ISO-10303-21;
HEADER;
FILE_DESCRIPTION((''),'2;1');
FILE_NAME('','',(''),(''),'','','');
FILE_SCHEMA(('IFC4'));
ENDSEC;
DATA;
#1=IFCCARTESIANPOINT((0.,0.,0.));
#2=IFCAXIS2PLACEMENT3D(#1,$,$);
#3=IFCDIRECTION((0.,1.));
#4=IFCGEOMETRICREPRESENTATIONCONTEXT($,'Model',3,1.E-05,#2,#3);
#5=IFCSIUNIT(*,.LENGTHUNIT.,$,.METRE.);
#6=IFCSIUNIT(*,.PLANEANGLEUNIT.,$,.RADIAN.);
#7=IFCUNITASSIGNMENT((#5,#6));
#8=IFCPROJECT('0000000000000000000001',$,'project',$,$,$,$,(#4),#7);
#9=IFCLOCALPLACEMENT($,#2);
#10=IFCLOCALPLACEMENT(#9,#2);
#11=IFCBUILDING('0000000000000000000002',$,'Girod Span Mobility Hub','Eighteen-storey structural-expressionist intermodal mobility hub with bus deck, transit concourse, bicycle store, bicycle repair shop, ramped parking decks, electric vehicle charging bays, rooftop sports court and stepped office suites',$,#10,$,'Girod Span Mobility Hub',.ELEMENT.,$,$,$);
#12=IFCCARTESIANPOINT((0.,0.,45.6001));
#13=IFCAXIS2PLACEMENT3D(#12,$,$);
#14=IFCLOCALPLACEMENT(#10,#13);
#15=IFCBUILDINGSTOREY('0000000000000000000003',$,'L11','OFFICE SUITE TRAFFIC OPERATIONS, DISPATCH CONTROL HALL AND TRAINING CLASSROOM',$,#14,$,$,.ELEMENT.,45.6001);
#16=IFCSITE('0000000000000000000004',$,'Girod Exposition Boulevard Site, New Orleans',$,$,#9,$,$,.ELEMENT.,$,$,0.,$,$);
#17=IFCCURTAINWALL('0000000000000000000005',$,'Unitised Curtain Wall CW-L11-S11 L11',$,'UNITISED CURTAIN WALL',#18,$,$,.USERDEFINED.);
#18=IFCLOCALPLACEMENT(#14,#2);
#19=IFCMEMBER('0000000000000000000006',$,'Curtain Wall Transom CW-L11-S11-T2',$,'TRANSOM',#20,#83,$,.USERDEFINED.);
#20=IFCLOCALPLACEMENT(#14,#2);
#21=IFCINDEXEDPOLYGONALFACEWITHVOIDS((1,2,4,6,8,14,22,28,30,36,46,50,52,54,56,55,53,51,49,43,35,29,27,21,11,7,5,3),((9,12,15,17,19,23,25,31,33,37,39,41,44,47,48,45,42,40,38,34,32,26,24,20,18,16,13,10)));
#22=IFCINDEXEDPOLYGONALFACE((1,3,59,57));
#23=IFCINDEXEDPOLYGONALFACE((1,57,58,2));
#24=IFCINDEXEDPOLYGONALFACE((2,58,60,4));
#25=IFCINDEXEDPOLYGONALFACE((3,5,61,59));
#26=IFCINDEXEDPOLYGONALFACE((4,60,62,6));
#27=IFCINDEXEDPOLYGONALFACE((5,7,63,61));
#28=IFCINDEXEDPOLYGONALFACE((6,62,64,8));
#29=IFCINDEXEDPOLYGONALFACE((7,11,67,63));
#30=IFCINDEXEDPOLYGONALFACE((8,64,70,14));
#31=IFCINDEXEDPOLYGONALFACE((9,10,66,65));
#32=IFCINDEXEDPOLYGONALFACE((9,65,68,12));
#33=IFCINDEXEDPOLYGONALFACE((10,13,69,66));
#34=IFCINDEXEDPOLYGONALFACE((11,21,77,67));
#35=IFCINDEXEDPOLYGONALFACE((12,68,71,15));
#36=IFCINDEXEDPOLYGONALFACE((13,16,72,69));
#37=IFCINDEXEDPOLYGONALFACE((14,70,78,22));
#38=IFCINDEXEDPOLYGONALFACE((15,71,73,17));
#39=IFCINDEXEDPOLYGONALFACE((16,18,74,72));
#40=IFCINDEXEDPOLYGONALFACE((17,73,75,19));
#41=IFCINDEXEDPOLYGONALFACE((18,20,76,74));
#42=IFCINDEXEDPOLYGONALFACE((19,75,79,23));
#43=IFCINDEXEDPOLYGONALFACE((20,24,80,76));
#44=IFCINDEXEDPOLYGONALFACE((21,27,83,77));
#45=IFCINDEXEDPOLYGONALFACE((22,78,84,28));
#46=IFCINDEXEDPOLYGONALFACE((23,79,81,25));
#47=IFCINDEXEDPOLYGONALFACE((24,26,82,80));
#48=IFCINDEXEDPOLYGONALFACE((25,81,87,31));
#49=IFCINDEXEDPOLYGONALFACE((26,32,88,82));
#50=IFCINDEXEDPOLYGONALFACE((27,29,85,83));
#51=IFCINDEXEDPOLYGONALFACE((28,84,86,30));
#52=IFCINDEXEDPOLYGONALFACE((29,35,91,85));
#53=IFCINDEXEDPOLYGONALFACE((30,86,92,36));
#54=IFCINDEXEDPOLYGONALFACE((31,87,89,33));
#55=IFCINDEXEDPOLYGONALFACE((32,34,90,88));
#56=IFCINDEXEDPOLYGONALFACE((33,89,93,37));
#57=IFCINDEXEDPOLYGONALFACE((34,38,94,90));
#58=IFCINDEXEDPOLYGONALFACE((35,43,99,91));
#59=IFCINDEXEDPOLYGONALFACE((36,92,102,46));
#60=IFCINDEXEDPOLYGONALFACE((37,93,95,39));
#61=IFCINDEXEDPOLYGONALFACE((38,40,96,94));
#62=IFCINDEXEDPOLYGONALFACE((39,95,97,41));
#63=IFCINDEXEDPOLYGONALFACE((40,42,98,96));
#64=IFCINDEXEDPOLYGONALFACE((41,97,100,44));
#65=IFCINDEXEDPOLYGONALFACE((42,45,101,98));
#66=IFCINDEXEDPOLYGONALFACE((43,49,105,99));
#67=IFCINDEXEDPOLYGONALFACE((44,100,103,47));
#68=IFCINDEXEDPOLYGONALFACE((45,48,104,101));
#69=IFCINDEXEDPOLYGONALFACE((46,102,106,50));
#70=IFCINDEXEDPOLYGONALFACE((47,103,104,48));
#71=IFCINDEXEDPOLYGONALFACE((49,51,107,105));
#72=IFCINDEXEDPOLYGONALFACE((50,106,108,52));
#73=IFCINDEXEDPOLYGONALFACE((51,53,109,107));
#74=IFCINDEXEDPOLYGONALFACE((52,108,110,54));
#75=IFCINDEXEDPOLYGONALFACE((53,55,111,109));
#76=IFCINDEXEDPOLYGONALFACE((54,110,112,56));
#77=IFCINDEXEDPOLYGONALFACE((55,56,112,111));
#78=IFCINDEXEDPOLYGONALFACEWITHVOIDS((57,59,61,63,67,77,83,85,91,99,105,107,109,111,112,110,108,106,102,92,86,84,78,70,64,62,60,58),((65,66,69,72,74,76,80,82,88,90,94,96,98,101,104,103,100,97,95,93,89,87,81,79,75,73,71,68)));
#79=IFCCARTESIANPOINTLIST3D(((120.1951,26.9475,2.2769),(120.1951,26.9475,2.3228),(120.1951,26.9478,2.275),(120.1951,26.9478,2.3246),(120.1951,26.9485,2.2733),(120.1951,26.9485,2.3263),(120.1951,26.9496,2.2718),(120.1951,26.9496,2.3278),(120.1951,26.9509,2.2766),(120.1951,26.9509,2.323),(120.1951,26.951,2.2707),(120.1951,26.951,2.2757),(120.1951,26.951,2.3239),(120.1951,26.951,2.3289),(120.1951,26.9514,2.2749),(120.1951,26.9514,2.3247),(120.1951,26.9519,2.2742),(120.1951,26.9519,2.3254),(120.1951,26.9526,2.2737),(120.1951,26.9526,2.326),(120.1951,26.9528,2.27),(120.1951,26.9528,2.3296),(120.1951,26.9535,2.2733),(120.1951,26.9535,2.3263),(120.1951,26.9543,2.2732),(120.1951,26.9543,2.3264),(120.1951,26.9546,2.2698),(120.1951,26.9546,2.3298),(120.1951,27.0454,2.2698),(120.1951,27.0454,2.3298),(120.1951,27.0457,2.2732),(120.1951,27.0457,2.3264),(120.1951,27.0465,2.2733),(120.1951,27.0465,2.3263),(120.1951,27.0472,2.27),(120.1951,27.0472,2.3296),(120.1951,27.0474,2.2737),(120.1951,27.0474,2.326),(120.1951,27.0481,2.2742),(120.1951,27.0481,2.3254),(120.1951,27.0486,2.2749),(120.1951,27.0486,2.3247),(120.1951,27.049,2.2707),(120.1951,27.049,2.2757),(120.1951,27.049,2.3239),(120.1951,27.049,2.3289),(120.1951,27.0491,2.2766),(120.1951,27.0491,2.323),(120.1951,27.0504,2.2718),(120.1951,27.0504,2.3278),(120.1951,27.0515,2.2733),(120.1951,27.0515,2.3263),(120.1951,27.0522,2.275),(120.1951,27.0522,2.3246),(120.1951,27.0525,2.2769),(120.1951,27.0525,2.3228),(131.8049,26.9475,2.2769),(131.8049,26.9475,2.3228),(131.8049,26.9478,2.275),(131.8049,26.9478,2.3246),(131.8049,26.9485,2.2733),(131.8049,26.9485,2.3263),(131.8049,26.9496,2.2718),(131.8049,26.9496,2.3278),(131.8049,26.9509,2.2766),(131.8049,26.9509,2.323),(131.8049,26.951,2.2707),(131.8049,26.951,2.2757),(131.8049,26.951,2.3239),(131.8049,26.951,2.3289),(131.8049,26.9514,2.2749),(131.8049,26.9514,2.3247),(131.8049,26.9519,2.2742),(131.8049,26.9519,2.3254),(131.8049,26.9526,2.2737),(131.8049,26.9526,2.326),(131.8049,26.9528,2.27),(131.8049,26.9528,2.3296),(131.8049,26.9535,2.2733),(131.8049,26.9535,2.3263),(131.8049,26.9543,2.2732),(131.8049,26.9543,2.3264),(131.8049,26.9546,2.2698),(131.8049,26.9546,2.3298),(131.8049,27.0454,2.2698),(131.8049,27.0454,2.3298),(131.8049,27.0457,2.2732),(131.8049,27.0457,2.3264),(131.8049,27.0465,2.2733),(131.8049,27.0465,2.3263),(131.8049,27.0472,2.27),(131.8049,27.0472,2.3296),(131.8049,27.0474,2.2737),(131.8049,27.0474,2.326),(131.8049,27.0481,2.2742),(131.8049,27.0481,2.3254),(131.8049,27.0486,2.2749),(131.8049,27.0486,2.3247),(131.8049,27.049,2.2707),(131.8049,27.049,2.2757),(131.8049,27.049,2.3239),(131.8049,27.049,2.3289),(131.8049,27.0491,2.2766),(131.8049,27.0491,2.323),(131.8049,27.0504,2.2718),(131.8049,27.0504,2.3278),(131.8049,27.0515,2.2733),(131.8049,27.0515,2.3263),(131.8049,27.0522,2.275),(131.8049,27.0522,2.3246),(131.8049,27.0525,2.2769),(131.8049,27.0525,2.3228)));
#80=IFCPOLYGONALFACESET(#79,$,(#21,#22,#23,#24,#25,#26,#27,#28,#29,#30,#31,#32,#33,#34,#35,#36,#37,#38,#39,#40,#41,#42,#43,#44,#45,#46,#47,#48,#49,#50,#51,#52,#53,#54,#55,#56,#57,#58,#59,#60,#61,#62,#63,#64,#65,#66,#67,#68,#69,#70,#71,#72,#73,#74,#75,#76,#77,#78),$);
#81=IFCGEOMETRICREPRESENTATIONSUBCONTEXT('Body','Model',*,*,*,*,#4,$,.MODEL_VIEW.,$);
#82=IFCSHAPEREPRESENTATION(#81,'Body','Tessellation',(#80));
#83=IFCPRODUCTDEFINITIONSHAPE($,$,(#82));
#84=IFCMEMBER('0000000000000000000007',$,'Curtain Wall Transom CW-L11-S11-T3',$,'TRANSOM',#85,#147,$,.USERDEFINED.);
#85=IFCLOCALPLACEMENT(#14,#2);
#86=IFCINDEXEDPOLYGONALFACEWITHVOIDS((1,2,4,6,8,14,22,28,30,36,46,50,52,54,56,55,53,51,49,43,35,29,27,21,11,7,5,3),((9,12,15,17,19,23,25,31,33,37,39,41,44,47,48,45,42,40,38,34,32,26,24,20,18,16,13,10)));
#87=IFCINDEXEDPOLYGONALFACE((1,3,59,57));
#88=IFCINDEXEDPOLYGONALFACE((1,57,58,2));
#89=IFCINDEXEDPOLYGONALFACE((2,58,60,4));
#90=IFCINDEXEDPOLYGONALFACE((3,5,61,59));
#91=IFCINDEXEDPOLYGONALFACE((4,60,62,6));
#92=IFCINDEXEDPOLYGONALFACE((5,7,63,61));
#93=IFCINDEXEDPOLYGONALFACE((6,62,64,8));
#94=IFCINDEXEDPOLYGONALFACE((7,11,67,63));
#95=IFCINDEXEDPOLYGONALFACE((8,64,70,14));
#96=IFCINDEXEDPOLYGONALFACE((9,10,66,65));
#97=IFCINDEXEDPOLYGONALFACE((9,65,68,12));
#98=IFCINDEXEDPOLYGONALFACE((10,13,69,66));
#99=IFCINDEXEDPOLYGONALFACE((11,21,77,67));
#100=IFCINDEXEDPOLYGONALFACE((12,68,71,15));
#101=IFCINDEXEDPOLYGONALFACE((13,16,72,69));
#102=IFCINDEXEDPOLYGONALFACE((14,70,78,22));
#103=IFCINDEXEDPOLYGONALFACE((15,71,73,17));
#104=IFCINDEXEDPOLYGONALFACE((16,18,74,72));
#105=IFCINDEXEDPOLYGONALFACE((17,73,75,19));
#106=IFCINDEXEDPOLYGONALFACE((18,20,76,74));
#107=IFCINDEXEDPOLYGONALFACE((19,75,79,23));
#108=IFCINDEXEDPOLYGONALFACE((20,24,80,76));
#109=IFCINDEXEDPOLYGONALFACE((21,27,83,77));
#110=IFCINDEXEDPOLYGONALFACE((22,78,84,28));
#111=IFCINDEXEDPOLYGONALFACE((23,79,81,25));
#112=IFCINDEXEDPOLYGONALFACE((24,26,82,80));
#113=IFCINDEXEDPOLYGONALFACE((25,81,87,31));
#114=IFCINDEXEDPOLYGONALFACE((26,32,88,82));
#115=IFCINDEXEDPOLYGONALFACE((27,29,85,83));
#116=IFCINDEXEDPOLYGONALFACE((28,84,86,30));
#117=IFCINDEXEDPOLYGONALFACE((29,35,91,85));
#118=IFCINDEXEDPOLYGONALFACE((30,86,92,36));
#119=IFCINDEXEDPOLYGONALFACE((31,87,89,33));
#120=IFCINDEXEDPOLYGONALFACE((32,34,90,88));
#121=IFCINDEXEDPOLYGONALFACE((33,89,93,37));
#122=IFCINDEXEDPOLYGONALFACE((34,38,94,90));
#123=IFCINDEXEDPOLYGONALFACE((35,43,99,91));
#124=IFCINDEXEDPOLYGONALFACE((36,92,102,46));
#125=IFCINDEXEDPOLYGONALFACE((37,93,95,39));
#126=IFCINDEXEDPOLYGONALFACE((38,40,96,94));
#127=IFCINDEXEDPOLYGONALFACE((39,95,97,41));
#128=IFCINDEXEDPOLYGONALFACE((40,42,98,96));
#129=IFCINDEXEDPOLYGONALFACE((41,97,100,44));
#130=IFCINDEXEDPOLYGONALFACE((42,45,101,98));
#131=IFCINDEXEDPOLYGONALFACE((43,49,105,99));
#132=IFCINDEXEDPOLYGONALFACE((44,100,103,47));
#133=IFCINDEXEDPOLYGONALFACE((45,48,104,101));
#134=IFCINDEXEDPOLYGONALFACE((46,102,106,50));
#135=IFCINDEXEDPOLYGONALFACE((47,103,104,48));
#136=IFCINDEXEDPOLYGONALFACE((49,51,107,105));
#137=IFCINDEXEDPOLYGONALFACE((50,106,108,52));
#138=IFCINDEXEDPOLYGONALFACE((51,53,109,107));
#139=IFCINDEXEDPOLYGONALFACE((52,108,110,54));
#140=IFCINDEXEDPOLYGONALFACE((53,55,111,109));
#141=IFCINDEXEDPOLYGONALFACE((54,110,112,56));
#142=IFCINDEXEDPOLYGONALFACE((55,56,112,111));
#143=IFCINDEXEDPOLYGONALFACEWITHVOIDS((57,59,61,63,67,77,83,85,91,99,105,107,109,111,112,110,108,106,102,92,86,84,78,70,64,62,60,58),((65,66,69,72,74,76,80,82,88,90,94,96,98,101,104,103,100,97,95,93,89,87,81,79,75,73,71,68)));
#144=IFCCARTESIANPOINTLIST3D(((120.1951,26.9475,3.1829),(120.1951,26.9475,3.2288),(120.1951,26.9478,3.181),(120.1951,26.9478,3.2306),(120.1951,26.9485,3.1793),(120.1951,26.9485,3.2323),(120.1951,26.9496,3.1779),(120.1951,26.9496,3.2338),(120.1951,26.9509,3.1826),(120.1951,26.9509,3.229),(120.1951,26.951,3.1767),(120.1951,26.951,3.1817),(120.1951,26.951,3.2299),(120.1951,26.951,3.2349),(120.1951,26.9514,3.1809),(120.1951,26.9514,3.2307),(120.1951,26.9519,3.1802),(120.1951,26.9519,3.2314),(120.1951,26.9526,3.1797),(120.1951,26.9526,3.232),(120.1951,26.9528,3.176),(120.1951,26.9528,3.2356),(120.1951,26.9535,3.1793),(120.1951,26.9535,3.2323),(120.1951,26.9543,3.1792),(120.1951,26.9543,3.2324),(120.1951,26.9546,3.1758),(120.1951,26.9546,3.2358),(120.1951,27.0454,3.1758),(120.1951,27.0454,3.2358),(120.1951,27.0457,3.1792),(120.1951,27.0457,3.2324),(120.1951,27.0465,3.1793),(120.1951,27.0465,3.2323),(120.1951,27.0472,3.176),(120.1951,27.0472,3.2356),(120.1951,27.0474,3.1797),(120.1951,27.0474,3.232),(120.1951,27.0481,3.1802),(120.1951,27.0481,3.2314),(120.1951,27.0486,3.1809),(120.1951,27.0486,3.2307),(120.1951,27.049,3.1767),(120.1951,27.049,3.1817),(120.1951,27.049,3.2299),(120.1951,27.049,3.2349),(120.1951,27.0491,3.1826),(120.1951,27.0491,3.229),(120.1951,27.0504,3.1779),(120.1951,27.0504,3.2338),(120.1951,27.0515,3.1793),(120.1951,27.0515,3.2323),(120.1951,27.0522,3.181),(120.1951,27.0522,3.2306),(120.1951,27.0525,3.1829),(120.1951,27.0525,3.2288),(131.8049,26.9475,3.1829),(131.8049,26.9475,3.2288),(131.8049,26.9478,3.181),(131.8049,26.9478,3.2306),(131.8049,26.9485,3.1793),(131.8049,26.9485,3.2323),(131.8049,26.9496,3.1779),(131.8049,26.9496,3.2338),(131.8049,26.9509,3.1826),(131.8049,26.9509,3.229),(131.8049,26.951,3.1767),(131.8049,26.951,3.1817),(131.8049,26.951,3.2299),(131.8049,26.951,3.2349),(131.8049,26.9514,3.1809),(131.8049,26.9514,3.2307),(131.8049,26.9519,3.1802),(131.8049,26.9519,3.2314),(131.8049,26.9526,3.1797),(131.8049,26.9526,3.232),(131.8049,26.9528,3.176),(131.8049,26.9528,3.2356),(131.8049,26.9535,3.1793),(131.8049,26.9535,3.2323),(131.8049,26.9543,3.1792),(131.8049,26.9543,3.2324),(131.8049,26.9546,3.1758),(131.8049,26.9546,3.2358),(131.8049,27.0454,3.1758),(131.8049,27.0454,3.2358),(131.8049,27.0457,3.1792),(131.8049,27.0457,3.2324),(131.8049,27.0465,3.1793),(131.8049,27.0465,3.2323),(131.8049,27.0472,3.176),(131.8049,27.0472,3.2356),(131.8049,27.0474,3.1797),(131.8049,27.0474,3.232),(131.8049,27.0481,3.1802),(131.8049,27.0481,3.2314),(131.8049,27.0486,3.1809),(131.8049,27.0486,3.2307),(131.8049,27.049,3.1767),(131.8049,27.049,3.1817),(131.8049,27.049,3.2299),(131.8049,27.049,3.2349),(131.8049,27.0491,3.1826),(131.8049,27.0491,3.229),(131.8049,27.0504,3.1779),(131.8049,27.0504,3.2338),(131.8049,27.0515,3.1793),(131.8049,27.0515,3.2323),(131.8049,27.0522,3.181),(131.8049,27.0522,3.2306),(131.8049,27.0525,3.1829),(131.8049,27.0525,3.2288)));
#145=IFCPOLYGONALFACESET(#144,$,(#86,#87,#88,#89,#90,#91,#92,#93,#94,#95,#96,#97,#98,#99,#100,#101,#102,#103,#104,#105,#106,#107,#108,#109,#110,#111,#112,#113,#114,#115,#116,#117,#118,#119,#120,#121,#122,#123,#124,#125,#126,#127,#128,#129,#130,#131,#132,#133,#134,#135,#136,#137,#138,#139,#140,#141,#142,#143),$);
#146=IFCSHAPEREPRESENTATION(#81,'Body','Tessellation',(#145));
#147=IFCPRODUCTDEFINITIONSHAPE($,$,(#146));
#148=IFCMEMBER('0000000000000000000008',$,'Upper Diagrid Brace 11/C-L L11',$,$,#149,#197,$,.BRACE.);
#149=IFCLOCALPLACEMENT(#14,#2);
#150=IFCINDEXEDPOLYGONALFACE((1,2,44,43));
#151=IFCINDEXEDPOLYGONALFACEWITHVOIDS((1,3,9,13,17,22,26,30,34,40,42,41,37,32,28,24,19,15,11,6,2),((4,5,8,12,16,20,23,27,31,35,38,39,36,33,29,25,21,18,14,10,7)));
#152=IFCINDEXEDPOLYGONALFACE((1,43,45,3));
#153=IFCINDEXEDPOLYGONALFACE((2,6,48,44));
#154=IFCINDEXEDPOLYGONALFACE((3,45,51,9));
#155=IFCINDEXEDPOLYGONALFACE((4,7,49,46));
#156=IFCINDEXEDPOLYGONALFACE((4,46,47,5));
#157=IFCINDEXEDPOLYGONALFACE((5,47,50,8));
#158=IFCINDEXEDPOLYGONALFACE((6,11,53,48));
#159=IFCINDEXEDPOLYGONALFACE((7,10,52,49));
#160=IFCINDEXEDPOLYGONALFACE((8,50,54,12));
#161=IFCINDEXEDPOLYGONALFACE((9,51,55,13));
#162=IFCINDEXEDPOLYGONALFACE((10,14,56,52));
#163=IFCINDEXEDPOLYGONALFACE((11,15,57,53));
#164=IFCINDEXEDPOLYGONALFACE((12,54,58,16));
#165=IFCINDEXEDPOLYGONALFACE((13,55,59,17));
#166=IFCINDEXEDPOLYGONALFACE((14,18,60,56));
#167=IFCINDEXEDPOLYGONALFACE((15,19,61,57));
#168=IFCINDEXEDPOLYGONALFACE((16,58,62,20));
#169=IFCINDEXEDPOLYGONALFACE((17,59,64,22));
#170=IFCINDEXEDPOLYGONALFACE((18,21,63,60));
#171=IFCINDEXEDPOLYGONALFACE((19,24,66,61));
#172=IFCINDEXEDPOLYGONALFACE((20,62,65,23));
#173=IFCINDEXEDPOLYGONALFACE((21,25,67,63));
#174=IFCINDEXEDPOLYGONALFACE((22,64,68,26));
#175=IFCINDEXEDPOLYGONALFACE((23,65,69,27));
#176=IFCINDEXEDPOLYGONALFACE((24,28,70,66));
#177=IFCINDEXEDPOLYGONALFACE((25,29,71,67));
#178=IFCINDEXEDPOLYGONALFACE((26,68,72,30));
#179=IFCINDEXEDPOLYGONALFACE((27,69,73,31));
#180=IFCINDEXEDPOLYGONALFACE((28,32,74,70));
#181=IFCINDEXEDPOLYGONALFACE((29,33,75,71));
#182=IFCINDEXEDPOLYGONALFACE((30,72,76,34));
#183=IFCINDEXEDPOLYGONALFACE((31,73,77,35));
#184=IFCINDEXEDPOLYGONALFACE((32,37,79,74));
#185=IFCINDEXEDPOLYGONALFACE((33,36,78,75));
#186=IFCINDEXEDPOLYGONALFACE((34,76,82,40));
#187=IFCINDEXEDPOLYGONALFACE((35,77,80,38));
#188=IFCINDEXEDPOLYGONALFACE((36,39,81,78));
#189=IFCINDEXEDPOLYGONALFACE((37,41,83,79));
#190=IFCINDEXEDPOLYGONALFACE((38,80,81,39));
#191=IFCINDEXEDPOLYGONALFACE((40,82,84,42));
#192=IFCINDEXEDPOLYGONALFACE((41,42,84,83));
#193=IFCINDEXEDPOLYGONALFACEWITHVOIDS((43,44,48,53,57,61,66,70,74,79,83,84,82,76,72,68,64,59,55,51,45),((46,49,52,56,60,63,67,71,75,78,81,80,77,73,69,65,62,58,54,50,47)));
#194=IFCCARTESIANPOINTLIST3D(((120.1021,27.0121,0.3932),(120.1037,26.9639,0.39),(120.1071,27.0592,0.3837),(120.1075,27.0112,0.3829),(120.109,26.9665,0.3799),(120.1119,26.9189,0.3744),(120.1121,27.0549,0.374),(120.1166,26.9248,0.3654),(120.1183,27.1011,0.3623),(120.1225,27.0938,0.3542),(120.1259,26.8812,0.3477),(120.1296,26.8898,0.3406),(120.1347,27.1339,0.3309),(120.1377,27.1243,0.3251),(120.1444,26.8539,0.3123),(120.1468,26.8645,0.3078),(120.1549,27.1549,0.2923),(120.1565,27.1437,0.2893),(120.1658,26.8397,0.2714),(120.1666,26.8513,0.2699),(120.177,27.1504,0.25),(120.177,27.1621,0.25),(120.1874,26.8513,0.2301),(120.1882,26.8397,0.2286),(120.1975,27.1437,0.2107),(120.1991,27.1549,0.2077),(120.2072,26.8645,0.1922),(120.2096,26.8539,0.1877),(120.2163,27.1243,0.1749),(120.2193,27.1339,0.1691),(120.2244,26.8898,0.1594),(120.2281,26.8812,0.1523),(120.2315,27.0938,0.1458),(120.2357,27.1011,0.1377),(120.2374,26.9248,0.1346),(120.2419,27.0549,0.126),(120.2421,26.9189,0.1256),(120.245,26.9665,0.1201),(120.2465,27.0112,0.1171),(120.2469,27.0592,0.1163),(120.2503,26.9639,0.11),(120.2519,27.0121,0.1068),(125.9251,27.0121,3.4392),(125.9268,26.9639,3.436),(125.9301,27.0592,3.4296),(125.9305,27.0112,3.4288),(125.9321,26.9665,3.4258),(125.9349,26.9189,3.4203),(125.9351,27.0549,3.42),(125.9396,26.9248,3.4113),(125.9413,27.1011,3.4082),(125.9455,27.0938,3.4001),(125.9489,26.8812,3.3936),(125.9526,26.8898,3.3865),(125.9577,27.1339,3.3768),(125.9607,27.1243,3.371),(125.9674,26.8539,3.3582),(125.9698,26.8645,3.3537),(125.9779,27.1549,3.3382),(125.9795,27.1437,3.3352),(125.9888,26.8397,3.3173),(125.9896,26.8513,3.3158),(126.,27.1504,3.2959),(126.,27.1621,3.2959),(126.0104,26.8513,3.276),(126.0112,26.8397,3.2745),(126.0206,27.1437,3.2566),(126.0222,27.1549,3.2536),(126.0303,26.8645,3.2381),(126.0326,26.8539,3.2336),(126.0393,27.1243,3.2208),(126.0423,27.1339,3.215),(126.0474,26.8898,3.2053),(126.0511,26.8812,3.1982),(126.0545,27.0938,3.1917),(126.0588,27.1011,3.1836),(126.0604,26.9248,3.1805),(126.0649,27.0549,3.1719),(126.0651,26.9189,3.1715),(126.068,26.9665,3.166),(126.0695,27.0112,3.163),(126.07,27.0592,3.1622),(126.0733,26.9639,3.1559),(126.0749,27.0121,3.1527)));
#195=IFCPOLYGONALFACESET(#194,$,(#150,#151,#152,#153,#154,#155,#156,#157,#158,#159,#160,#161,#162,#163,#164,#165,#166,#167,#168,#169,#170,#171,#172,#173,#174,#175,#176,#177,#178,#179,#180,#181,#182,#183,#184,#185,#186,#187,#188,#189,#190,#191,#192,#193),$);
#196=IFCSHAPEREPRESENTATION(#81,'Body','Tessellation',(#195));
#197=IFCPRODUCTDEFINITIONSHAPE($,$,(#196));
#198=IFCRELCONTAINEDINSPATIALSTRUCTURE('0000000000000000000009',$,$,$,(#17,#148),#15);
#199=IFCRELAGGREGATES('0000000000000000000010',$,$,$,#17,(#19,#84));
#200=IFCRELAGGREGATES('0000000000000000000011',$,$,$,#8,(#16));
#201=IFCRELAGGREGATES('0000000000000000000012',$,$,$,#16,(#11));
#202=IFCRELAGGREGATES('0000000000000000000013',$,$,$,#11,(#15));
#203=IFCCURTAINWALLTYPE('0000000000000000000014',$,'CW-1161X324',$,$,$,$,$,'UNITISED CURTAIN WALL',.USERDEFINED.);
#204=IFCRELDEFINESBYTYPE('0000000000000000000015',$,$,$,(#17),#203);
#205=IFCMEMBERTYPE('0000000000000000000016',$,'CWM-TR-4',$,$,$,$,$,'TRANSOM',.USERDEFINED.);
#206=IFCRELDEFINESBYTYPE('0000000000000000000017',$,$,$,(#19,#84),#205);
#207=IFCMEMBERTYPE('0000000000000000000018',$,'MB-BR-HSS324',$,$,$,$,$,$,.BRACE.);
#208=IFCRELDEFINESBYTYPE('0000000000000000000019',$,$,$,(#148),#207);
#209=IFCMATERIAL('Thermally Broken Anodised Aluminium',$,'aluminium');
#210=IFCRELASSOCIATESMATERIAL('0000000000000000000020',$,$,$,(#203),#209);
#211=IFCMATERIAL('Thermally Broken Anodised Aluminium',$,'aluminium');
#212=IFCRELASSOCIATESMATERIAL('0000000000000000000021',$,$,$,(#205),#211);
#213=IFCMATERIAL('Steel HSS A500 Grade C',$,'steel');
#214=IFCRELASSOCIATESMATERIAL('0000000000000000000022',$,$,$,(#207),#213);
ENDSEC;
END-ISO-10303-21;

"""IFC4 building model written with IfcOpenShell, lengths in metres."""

from ifc_helpers import new_model, si_unit, direction, frame, origin, origin_2d, place, context, subcontext, project, spatial, hollow_rectangle, hollow_circle, extrude, material, material_profile, profile_set, type_object, element, aggregate, save


model = new_model("IFC4")

# Units and contexts
model_context = context("Model", 3, precision=1e-05, world=origin(), true_north=direction((0.0, 1.0)))
body_context = subcontext(model_context, "Body", "Model", "MODEL_VIEW")
ifc_project = project(units=[si_unit("LENGTHUNIT", "METRE"), si_unit("PLANEANGLEUNIT", "RADIAN")], contexts=[model_context])

# Site, building, storey
site_placement = place(None, origin())
site = spatial("IfcSite", under=ifc_project, at=site_placement, Name="Girod Exposition Boulevard Site, New Orleans", CompositionType="ELEMENT", RefElevation=0.0)
building_placement = place(site_placement, origin())
building = spatial("IfcBuilding", under=site, at=building_placement, Name="Girod Span Mobility Hub", Description="Eighteen-storey structural-expressionist intermodal mobility hub with bus deck, transit concourse, bicycle store, bicycle repair shop, ramped parking decks, electric vehicle charging bays, rooftop sports court and stepped office suites", LongName="Girod Span Mobility Hub", CompositionType="ELEMENT")
storey_placement = place(building_placement, frame((0.0, 0.0, 45.6001)))
storey = spatial("IfcBuildingStorey", under=building, at=storey_placement, Name="L11", Description="OFFICE SUITE TRAFFIC OPERATIONS, DISPATCH CONTROL HALL AND TRAINING CLASSROOM", CompositionType="ELEMENT", Elevation=45.6001)

# Curtain wall, members
ifc_material_1 = material(Name="Thermally Broken Anodised Aluminium", Category="aluminium")
curtain_wall_type = type_object("IfcCurtainWallType", Name="CW-1161X324", ElementType="UNITISED CURTAIN WALL", PredefinedType="USERDEFINED", material=ifc_material_1)
curtain_wall_1_placement = place(storey_placement, origin())
curtain_wall_1 = element("IfcCurtainWall", 1, at=curtain_wall_1_placement, inside=storey, type_object=curtain_wall_type, Name="Unitised Curtain Wall CW-L11-S11 L11", ObjectType="UNITISED CURTAIN WALL", PredefinedType="USERDEFINED")
ifc_material_2 = material(Name="Thermally Broken Anodised Aluminium", Category="aluminium")
ifc_material_profile_1 = material_profile(ifc_material_2, hollow_rectangle(XDim=0.105, YDim=0.0601, WallThickness=0.0034, InnerFilletRadius=0.0034, OuterFilletRadius=0.0071, at=origin_2d()), Name="CW-TR-60X105")
ifc_profile_set_1 = profile_set([ifc_material_profile_1], Name="Thermally Broken Anodised Aluminium")
member_type_1 = type_object("IfcMemberType", Name="CWM-TR-4", ElementType="TRANSOM", PredefinedType="USERDEFINED", material=ifc_profile_set_1)
member_1_placement = place(storey_placement, frame((120.1951, 27.0, 2.2998), z_axis=(1.0, 0.0, 0.0), x_axis=(0.0, 1.0, 0.0)))
member_1 = element("IfcMember", 2, at=member_1_placement, type_object=member_type_1, Name="Curtain Wall Transom CW-L11-S11-T2", ObjectType="TRANSOM", PredefinedType="USERDEFINED", context=body_context, shape_type="SweptSolid", body=[
    extrude(hollow_rectangle(XDim=0.105, YDim=0.0601, WallThickness=0.0034, InnerFilletRadius=0.0034, OuterFilletRadius=0.0071, at=origin_2d()), origin(), (0.0, 0.0, 1.0), 11.6099),
])
member_2_placement = place(storey_placement, frame((120.1951, 27.0, 3.2058), z_axis=(1.0, 0.0, 0.0), x_axis=(0.0, 1.0, 0.0)))
member_2 = element("IfcMember", 3, at=member_2_placement, type_object=member_type_1, Name="Curtain Wall Transom CW-L11-S11-T3", ObjectType="TRANSOM", PredefinedType="USERDEFINED", context=body_context, shape_type="SweptSolid", body=[
    extrude(hollow_rectangle(XDim=0.105, YDim=0.0601, WallThickness=0.0034, InnerFilletRadius=0.0034, OuterFilletRadius=0.0071, at=origin_2d()), origin(), (0.0, 0.0, 1.0), 11.6099),
])

# Member
ifc_material_3 = material(Name="Steel HSS A500 Grade C", Category="steel")
ifc_material_profile_2 = material_profile(ifc_material_3, hollow_circle(Radius=0.1621, WallThickness=0.0117, at=origin_2d()), Name="HSS324X12.7")
ifc_profile_set_2 = profile_set([ifc_material_profile_2], Name="Steel HSS A500 Grade C")
member_type_2 = type_object("IfcMemberType", Name="MB-BR-HSS324", PredefinedType="BRACE", material=ifc_profile_set_2)
member_3_placement = place(storey_placement, frame((120.177, 27.0, 0.25), z_axis=(0.886097, 0.0, 0.4635), x_axis=(0.0, 1.0, 0.0)))
element("IfcMember", 4, at=member_3_placement, inside=storey, type_object=member_type_2, Name="Upper Diagrid Brace 11/C-L L11", PredefinedType="BRACE", context=body_context, shape_type="SweptSolid", body=[
    extrude(hollow_circle(Radius=0.1621, WallThickness=0.0117, at=origin_2d()), origin(), (0.0, 0.0, 1.0), 6.5715),
])

aggregate(curtain_wall_1, [member_1, member_2])

save(model, "model.ifc")
